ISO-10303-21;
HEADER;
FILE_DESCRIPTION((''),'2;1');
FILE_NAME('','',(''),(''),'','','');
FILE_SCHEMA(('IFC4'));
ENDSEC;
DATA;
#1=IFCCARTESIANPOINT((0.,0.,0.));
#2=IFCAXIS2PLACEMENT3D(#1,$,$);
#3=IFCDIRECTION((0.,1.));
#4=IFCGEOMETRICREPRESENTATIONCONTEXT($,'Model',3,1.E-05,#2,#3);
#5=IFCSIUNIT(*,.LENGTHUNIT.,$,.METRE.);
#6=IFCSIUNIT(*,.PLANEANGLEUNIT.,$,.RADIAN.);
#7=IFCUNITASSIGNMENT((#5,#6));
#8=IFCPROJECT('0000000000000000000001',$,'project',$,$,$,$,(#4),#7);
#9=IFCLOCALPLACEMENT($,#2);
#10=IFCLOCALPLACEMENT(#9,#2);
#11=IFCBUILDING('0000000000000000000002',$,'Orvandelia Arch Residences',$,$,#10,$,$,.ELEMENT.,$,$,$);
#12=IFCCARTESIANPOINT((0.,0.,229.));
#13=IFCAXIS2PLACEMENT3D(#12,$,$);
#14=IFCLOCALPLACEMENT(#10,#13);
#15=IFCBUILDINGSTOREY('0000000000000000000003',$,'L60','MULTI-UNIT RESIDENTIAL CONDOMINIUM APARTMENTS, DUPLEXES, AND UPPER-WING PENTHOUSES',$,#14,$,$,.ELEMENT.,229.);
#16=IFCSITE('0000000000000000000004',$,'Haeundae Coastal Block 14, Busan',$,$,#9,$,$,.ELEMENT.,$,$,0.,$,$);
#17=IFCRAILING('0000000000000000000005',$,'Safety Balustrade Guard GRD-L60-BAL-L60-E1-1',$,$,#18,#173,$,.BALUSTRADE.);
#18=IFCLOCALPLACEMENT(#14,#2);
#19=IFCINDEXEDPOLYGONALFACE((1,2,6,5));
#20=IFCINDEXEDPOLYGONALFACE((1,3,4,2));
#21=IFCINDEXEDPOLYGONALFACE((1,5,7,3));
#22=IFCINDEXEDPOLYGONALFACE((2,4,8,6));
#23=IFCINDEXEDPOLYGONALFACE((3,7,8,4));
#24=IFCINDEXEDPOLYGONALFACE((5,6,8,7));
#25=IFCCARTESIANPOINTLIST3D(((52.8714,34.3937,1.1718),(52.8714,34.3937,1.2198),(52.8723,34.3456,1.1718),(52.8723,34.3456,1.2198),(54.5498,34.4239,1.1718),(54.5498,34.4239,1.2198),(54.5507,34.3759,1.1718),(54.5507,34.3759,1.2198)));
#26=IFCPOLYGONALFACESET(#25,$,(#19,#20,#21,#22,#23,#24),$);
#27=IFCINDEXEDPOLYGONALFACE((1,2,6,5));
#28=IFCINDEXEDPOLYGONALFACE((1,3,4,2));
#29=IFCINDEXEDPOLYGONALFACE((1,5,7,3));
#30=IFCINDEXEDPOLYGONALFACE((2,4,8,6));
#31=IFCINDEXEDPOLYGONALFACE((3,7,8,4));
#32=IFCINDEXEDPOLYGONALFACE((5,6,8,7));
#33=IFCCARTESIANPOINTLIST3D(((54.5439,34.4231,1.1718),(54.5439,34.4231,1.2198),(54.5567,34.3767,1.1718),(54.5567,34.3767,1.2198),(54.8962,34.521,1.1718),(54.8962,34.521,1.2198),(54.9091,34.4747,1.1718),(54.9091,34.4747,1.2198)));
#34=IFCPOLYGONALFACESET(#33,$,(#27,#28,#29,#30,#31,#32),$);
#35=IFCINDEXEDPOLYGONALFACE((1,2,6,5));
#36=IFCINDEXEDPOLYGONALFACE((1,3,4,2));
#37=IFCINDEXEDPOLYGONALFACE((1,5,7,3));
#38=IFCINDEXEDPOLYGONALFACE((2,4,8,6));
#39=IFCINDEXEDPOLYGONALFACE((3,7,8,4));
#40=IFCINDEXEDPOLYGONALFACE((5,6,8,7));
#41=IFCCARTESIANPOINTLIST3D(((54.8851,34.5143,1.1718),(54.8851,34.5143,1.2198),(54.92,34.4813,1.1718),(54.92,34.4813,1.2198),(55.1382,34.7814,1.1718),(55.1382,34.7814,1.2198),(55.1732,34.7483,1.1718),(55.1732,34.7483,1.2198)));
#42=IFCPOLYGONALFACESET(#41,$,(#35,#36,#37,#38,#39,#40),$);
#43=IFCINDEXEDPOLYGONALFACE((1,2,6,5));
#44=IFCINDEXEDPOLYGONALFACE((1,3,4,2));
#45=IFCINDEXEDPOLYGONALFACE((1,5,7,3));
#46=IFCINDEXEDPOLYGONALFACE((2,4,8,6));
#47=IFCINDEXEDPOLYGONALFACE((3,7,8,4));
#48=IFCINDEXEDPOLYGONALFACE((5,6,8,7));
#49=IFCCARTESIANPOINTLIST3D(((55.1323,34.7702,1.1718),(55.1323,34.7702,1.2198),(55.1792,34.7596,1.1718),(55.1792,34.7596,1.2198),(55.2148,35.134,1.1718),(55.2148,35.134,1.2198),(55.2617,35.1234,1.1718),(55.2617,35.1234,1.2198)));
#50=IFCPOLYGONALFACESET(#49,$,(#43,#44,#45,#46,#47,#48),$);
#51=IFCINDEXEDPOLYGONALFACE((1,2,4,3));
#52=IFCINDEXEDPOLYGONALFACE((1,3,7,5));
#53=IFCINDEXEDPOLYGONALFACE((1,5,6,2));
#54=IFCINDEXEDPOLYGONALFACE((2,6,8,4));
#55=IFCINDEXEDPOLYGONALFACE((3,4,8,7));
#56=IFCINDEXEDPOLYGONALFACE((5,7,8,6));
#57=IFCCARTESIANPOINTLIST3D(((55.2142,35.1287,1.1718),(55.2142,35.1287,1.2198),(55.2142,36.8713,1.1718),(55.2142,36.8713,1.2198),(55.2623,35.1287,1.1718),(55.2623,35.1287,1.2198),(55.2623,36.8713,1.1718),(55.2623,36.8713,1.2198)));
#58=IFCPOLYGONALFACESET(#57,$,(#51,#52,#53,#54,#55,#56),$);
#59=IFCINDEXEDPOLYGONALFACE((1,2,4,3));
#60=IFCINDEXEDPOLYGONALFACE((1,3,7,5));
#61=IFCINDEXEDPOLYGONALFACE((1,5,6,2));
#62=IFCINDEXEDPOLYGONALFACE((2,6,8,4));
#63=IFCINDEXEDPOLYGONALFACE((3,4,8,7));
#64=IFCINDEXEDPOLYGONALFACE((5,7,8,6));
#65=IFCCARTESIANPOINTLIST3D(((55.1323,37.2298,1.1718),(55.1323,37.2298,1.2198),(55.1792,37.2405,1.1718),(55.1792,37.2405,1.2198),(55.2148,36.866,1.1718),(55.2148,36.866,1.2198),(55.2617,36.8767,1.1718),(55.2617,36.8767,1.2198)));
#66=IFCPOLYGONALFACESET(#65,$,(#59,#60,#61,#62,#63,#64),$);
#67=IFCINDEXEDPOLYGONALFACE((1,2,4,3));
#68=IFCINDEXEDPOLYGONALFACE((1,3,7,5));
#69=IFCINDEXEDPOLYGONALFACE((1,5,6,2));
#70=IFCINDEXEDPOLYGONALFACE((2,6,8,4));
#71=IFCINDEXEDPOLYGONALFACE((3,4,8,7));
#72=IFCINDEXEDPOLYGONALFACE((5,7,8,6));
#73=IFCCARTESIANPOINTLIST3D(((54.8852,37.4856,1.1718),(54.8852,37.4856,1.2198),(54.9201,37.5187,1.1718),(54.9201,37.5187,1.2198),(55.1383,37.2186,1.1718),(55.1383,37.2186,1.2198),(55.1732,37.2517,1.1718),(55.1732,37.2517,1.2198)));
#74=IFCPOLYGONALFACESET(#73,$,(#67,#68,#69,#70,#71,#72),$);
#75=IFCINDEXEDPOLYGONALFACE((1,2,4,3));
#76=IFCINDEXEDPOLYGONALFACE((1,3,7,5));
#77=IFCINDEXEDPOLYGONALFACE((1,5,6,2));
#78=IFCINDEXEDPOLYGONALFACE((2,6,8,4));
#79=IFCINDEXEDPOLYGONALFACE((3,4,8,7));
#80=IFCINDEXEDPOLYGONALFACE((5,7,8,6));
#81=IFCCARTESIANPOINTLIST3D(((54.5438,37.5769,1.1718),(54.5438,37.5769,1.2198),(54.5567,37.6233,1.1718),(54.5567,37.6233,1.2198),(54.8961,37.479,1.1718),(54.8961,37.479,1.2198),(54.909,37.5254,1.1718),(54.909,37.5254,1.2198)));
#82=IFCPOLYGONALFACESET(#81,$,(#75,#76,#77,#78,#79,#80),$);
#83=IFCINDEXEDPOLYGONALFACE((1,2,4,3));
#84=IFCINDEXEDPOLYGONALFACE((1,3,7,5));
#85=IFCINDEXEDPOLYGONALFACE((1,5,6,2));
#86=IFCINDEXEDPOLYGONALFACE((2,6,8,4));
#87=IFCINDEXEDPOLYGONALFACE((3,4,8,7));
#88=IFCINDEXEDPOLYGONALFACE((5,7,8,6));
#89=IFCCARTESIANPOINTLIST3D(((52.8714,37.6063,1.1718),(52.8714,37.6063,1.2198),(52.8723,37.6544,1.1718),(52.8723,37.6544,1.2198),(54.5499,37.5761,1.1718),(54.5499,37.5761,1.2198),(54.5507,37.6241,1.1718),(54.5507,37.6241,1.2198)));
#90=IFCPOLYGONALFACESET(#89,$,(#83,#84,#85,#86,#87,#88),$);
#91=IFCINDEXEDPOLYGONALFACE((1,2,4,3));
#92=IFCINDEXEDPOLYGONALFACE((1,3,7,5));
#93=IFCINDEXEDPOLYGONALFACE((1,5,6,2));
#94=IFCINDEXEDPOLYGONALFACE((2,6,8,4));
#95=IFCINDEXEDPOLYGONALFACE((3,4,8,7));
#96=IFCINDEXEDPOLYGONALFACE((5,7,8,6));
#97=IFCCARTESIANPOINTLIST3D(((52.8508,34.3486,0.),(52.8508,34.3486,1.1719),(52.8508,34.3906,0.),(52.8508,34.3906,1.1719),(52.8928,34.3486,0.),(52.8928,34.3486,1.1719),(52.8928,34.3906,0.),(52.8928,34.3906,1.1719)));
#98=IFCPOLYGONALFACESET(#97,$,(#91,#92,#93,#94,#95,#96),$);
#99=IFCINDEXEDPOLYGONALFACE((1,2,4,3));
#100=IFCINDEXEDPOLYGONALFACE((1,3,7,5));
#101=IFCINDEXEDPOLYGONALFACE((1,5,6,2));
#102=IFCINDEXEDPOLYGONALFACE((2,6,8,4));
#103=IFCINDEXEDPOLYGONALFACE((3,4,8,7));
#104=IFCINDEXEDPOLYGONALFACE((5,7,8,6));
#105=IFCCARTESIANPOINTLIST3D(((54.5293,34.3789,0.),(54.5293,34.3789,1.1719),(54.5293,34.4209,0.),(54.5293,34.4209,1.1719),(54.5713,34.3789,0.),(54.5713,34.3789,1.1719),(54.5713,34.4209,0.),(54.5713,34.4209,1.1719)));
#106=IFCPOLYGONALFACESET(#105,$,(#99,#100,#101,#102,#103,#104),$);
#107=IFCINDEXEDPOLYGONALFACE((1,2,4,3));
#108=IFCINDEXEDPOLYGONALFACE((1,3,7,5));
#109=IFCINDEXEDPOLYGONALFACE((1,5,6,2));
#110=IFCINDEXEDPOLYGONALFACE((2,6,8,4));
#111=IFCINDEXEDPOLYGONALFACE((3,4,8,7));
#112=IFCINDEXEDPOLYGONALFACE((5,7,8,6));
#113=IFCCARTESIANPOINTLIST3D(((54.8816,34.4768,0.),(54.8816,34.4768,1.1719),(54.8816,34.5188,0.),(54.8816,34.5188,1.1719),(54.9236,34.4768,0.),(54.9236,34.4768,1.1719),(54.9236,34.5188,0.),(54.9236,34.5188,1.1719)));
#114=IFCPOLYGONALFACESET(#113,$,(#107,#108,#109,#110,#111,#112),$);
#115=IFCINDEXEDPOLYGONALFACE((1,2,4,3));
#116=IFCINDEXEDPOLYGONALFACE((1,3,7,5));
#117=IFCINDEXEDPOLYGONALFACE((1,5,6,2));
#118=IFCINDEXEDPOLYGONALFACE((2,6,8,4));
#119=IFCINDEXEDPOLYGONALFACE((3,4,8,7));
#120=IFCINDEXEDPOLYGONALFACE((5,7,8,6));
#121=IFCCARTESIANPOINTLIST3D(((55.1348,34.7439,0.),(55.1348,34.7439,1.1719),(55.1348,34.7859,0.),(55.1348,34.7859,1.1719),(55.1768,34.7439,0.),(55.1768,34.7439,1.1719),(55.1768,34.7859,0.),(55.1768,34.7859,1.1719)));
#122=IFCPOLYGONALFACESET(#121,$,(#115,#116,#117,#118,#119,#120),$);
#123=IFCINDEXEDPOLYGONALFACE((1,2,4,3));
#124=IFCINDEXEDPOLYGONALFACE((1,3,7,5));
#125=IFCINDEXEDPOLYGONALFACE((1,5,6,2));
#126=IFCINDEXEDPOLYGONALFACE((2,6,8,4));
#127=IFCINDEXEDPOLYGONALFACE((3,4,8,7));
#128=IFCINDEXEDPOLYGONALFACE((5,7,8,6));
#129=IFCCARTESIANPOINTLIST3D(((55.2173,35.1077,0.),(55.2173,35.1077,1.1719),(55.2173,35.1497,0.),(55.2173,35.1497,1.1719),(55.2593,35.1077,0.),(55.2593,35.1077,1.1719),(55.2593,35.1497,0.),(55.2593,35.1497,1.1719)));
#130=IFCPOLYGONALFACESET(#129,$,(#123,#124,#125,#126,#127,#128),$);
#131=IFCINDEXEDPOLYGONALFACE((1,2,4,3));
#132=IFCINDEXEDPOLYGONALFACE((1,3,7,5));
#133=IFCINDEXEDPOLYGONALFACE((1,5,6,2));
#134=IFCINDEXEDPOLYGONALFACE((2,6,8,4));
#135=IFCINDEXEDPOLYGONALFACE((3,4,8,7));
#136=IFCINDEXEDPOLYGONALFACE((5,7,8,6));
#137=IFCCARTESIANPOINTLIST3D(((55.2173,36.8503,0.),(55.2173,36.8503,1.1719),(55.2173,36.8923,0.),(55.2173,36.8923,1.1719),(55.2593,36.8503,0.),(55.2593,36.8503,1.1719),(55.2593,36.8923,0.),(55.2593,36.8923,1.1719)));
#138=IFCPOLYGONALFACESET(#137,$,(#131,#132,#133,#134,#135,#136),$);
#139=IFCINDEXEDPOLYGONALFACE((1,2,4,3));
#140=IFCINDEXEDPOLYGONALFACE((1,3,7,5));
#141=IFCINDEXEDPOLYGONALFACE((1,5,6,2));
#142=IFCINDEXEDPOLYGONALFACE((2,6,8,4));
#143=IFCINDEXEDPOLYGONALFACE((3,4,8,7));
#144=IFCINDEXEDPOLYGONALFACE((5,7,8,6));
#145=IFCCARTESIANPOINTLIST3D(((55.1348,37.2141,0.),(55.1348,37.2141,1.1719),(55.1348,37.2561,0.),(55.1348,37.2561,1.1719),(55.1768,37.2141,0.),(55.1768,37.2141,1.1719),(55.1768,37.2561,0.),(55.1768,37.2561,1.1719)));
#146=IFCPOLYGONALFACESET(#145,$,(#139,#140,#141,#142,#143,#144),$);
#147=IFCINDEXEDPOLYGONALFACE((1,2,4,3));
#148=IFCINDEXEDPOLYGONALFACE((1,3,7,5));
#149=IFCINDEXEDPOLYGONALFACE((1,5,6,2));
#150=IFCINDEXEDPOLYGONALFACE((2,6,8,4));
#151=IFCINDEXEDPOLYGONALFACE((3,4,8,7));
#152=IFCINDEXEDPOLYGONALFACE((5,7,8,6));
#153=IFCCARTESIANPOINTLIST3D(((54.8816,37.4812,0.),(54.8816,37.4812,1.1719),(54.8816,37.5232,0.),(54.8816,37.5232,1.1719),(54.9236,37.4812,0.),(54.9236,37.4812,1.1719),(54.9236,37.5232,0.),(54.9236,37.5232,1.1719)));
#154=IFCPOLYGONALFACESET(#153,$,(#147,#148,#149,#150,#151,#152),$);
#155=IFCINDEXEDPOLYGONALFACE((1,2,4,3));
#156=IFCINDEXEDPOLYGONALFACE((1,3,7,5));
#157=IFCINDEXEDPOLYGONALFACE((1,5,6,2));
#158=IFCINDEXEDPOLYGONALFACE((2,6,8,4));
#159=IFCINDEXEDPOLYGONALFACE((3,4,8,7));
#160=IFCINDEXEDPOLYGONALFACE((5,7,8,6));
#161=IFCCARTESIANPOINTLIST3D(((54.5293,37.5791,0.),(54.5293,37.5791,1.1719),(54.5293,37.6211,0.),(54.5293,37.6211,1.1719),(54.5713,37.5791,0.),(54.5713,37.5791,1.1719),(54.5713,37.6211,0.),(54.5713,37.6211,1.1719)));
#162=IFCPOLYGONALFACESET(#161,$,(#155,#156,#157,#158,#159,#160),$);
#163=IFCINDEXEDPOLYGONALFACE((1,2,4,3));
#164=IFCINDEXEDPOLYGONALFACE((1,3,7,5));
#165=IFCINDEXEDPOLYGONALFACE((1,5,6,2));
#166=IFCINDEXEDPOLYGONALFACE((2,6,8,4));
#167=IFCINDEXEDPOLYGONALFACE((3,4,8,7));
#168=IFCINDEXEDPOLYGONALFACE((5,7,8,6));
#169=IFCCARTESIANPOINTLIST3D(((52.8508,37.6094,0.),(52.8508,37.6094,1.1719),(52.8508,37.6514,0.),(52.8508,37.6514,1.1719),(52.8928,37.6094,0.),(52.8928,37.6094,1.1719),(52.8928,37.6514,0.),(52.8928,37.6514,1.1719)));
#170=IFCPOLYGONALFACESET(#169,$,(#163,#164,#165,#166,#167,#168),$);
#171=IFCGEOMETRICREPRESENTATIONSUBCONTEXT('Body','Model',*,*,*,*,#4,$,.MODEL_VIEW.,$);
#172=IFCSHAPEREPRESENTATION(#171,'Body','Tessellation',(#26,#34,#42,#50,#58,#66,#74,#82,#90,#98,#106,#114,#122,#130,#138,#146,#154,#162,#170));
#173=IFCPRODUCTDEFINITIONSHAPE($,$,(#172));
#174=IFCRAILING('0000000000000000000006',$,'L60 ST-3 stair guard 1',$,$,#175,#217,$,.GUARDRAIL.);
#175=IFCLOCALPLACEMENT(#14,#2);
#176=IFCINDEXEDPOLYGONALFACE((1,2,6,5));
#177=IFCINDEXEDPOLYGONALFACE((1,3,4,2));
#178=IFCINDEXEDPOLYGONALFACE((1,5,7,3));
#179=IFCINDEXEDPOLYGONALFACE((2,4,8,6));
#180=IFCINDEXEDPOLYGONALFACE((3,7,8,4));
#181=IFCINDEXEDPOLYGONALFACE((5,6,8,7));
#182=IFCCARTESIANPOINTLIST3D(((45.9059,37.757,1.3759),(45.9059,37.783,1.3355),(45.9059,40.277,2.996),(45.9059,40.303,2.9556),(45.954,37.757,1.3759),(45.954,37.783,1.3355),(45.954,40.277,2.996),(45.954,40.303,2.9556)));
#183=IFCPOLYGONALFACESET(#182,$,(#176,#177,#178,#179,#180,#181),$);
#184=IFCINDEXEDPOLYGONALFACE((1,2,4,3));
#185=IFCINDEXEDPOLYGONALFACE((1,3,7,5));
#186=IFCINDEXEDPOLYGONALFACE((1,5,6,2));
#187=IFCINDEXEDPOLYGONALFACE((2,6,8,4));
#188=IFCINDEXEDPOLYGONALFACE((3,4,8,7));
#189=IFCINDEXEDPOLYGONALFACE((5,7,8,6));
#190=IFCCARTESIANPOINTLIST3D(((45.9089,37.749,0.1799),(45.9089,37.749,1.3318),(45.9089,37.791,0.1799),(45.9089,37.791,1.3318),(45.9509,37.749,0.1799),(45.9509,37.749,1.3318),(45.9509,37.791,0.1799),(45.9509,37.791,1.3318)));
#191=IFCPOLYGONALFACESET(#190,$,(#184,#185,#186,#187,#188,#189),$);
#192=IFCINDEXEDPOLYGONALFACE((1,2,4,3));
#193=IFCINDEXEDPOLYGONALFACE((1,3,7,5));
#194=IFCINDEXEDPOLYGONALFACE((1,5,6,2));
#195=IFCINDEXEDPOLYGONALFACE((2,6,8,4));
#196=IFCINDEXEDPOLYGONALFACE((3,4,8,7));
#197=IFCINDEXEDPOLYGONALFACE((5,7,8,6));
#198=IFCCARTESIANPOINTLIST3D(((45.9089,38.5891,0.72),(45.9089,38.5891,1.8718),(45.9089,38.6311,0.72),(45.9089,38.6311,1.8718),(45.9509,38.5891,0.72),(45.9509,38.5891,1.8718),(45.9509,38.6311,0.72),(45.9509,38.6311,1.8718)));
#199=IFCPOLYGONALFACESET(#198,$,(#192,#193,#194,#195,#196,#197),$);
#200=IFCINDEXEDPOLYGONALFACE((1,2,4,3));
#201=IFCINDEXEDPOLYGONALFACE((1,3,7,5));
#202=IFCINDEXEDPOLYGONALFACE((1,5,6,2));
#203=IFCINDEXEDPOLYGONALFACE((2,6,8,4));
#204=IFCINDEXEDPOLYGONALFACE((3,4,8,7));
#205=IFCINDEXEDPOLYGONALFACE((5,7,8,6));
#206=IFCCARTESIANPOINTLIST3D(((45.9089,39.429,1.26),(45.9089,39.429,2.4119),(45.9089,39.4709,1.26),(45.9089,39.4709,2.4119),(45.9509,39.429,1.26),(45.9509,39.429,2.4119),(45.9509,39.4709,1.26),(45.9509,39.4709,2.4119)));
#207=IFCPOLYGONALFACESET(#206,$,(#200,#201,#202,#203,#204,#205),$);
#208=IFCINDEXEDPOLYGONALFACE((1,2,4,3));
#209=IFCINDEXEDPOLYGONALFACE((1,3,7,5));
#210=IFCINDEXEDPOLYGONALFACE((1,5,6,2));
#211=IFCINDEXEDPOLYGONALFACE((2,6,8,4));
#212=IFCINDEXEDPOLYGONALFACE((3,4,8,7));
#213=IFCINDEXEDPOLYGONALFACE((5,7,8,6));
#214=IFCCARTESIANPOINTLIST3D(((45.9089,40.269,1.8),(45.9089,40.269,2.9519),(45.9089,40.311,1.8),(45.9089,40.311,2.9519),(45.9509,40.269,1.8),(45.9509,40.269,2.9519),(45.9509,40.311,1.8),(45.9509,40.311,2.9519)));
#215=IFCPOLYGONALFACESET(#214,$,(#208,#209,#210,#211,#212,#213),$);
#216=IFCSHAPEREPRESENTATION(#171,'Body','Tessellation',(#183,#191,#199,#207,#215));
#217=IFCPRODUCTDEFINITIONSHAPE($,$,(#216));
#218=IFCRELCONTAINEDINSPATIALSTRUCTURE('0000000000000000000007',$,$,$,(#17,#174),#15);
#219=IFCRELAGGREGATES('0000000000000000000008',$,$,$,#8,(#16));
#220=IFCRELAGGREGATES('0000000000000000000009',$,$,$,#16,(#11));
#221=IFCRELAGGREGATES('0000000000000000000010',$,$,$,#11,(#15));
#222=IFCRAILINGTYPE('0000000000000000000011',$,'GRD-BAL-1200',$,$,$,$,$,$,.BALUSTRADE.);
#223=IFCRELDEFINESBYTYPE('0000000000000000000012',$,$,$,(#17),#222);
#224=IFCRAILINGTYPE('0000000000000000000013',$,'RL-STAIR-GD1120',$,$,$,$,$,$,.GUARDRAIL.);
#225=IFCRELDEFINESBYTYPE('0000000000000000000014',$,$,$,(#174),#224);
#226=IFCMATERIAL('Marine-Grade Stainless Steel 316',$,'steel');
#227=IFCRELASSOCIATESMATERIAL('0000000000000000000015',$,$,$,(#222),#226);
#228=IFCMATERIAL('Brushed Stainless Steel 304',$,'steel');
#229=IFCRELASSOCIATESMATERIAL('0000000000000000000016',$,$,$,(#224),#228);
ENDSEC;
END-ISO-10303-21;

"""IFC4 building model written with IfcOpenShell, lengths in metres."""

from ifc_helpers import new_model, si_unit, direction, frame, origin, origin_2d, place, context, subcontext, project, spatial, rectangle, extrude, material, type_object, element, save


model = new_model("IFC4")

# Units and contexts
model_context = context("Model", 3, precision=1e-05, world=origin(), true_north=direction((0.0, 1.0)))
body_context = subcontext(model_context, "Body", "Model", "MODEL_VIEW")
ifc_project = project(units=[si_unit("LENGTHUNIT", "METRE"), si_unit("PLANEANGLEUNIT", "RADIAN")], contexts=[model_context])

# Site, building, storey
site_placement = place(None, origin())
site = spatial("IfcSite", under=ifc_project, at=site_placement, Name="Haeundae Coastal Block 14, Busan", CompositionType="ELEMENT", RefElevation=0.0)
building_placement = place(site_placement, origin())
building = spatial("IfcBuilding", under=site, at=building_placement, Name="Orvandelia Arch Residences", CompositionType="ELEMENT")
storey_placement = place(building_placement, frame((0.0, 0.0, 229.0)))
storey = spatial("IfcBuildingStorey", under=building, at=storey_placement, Name="L60", Description="MULTI-UNIT RESIDENTIAL CONDOMINIUM APARTMENTS, DUPLEXES, AND UPPER-WING PENTHOUSES", CompositionType="ELEMENT", Elevation=229.0)

# Railings
ifc_material_1 = material(Name="Marine-Grade Stainless Steel 316", Category="steel")
railing_type_1 = type_object("IfcRailingType", Name="GRD-BAL-1200", PredefinedType="BALUSTRADE", material=ifc_material_1)
railing_1_placement = place(storey_placement, frame((52.8718, 34.3696, 0.0)))
element("IfcRailing", 1, at=railing_1_placement, inside=storey, type_object=railing_type_1, Name="Safety Balustrade Guard GRD-L60-BAL-L60-E1-1", PredefinedType="BALUSTRADE", context=body_context, shape_type="SweptSolid", body=[
    extrude(rectangle(XDim=0.0481, YDim=0.0481, at=origin_2d()), frame((0.0, 0.0, 1.1958), z_axis=(0.999837, 0.018033, 0.0), x_axis=(-0.018033, 0.999837, 0.0)), (0.0, 0.0, 1.0), 1.6787),
    extrude(rectangle(XDim=0.0481, YDim=0.0481, at=origin_2d()), frame((1.6785, 0.0303, 1.1958), z_axis=(0.963489, 0.267747, 0.0), x_axis=(-0.267747, 0.963489, 0.0)), (0.0, 0.0, 1.0), 0.3657),
    extrude(rectangle(XDim=0.0481, YDim=0.0481, at=origin_2d()), frame((2.0308, 0.1282, 1.1958), z_axis=(0.687947, 0.725761, 0.0), x_axis=(-0.725761, 0.687947, 0.0)), (0.0, 0.0, 1.0), 0.3679),
    extrude(rectangle(XDim=0.0481, YDim=0.0481, at=origin_2d()), frame((2.2839, 0.3953, 1.1958), z_axis=(0.221225, 0.975223, 0.0), x_axis=(-0.975223, 0.221225, 0.0)), (0.0, 0.0, 1.0), 0.373),
    extrude(rectangle(XDim=0.0481, YDim=0.0481, at=origin_2d()), frame((2.3665, 0.759, 1.1958), z_axis=(0.0, 1.0, 0.0), x_axis=(-1.0, 0.0, 0.0)), (0.0, 0.0, 1.0), 1.7427),
    extrude(rectangle(XDim=0.0481, YDim=0.0481, at=origin_2d()), frame((2.3665, 2.5017, 1.1958), z_axis=(-0.221225, 0.975223, 0.0), x_axis=(-0.975223, -0.221225, 0.0)), (0.0, 0.0, 1.0), 0.373),
    extrude(rectangle(XDim=0.0481, YDim=0.0481, at=origin_2d()), frame((2.2839, 2.8655, 1.1958), z_axis=(-0.687947, 0.725761, 0.0), x_axis=(-0.725761, -0.687947, 0.0)), (0.0, 0.0, 1.0), 0.3679),
    extrude(rectangle(XDim=0.0481, YDim=0.0481, at=origin_2d()), frame((2.0308, 3.1326, 1.1958), z_axis=(-0.963489, 0.267747, 0.0), x_axis=(-0.267747, -0.963489, 0.0)), (0.0, 0.0, 1.0), 0.3657),
    extrude(rectangle(XDim=0.0481, YDim=0.0481, at=origin_2d()), frame((1.6785, 3.2305, 1.1958), z_axis=(-0.999837, 0.018033, 0.0), x_axis=(-0.018033, -0.999837, 0.0)), (0.0, 0.0, 1.0), 1.6787),
    extrude(rectangle(XDim=0.042, YDim=0.042, at=origin_2d()), origin(), (0.0, 0.0, 1.0), 1.1719),
    extrude(rectangle(XDim=0.042, YDim=0.042, at=origin_2d()), frame((1.6785, 0.0303, 0.0)), (0.0, 0.0, 1.0), 1.1719),
    extrude(rectangle(XDim=0.042, YDim=0.042, at=origin_2d()), frame((2.0308, 0.1282, 0.0)), (0.0, 0.0, 1.0), 1.1719),
    extrude(rectangle(XDim=0.042, YDim=0.042, at=origin_2d()), frame((2.2839, 0.3953, 0.0)), (0.0, 0.0, 1.0), 1.1719),
    extrude(rectangle(XDim=0.042, YDim=0.042, at=origin_2d()), frame((2.3665, 0.759, 0.0)), (0.0, 0.0, 1.0), 1.1719),
    extrude(rectangle(XDim=0.042, YDim=0.042, at=origin_2d()), frame((2.3665, 2.5017, 0.0)), (0.0, 0.0, 1.0), 1.1719),
    extrude(rectangle(XDim=0.042, YDim=0.042, at=origin_2d()), frame((2.2839, 2.8655, 0.0)), (0.0, 0.0, 1.0), 1.1719),
    extrude(rectangle(XDim=0.042, YDim=0.042, at=origin_2d()), frame((2.0308, 3.1326, 0.0)), (0.0, 0.0, 1.0), 1.1719),
    extrude(rectangle(XDim=0.042, YDim=0.042, at=origin_2d()), frame((1.6785, 3.2305, 0.0)), (0.0, 0.0, 1.0), 1.1719),
    extrude(rectangle(XDim=0.042, YDim=0.042, at=origin_2d()), frame((0.0, 3.2607, 0.0)), (0.0, 0.0, 1.0), 1.1719),
])
ifc_material_2 = material(Name="Brushed Stainless Steel 304", Category="steel")
railing_type_2 = type_object("IfcRailingType", Name="RL-STAIR-GD1120", PredefinedType="GUARDRAIL", material=ifc_material_2)
railing_2_placement = place(storey_placement, frame((45.9299, 37.77, 0.1799)))
element("IfcRailing", 2, at=railing_2_placement, inside=storey, type_object=railing_type_2, Name="L60 ST-3 stair guard 1", PredefinedType="GUARDRAIL", context=body_context, shape_type="SweptSolid", body=[
    extrude(rectangle(XDim=0.0481, YDim=0.0481, at=origin_2d()), frame((0.0, 0.0, 1.1758), z_axis=(0.0, 0.841163, 0.540782), x_axis=(-1.0, 0.0, 0.0)), (0.0, 0.0, 1.0), 2.9958),
    extrude(rectangle(XDim=0.042, YDim=0.042, at=origin_2d()), origin(), (0.0, 0.0, 1.0), 1.1519),
    extrude(rectangle(XDim=0.042, YDim=0.042, at=origin_2d()), frame((0.0, 0.8401, 0.54)), (0.0, 0.0, 1.0), 1.1519),
    extrude(rectangle(XDim=0.042, YDim=0.042, at=origin_2d()), frame((0.0, 1.6799, 1.0801)), (0.0, 0.0, 1.0), 1.1519),
    extrude(rectangle(XDim=0.042, YDim=0.042, at=origin_2d()), frame((0.0, 2.52, 1.6201)), (0.0, 0.0, 1.0), 1.1519),
])

save(model, "model.ifc")
